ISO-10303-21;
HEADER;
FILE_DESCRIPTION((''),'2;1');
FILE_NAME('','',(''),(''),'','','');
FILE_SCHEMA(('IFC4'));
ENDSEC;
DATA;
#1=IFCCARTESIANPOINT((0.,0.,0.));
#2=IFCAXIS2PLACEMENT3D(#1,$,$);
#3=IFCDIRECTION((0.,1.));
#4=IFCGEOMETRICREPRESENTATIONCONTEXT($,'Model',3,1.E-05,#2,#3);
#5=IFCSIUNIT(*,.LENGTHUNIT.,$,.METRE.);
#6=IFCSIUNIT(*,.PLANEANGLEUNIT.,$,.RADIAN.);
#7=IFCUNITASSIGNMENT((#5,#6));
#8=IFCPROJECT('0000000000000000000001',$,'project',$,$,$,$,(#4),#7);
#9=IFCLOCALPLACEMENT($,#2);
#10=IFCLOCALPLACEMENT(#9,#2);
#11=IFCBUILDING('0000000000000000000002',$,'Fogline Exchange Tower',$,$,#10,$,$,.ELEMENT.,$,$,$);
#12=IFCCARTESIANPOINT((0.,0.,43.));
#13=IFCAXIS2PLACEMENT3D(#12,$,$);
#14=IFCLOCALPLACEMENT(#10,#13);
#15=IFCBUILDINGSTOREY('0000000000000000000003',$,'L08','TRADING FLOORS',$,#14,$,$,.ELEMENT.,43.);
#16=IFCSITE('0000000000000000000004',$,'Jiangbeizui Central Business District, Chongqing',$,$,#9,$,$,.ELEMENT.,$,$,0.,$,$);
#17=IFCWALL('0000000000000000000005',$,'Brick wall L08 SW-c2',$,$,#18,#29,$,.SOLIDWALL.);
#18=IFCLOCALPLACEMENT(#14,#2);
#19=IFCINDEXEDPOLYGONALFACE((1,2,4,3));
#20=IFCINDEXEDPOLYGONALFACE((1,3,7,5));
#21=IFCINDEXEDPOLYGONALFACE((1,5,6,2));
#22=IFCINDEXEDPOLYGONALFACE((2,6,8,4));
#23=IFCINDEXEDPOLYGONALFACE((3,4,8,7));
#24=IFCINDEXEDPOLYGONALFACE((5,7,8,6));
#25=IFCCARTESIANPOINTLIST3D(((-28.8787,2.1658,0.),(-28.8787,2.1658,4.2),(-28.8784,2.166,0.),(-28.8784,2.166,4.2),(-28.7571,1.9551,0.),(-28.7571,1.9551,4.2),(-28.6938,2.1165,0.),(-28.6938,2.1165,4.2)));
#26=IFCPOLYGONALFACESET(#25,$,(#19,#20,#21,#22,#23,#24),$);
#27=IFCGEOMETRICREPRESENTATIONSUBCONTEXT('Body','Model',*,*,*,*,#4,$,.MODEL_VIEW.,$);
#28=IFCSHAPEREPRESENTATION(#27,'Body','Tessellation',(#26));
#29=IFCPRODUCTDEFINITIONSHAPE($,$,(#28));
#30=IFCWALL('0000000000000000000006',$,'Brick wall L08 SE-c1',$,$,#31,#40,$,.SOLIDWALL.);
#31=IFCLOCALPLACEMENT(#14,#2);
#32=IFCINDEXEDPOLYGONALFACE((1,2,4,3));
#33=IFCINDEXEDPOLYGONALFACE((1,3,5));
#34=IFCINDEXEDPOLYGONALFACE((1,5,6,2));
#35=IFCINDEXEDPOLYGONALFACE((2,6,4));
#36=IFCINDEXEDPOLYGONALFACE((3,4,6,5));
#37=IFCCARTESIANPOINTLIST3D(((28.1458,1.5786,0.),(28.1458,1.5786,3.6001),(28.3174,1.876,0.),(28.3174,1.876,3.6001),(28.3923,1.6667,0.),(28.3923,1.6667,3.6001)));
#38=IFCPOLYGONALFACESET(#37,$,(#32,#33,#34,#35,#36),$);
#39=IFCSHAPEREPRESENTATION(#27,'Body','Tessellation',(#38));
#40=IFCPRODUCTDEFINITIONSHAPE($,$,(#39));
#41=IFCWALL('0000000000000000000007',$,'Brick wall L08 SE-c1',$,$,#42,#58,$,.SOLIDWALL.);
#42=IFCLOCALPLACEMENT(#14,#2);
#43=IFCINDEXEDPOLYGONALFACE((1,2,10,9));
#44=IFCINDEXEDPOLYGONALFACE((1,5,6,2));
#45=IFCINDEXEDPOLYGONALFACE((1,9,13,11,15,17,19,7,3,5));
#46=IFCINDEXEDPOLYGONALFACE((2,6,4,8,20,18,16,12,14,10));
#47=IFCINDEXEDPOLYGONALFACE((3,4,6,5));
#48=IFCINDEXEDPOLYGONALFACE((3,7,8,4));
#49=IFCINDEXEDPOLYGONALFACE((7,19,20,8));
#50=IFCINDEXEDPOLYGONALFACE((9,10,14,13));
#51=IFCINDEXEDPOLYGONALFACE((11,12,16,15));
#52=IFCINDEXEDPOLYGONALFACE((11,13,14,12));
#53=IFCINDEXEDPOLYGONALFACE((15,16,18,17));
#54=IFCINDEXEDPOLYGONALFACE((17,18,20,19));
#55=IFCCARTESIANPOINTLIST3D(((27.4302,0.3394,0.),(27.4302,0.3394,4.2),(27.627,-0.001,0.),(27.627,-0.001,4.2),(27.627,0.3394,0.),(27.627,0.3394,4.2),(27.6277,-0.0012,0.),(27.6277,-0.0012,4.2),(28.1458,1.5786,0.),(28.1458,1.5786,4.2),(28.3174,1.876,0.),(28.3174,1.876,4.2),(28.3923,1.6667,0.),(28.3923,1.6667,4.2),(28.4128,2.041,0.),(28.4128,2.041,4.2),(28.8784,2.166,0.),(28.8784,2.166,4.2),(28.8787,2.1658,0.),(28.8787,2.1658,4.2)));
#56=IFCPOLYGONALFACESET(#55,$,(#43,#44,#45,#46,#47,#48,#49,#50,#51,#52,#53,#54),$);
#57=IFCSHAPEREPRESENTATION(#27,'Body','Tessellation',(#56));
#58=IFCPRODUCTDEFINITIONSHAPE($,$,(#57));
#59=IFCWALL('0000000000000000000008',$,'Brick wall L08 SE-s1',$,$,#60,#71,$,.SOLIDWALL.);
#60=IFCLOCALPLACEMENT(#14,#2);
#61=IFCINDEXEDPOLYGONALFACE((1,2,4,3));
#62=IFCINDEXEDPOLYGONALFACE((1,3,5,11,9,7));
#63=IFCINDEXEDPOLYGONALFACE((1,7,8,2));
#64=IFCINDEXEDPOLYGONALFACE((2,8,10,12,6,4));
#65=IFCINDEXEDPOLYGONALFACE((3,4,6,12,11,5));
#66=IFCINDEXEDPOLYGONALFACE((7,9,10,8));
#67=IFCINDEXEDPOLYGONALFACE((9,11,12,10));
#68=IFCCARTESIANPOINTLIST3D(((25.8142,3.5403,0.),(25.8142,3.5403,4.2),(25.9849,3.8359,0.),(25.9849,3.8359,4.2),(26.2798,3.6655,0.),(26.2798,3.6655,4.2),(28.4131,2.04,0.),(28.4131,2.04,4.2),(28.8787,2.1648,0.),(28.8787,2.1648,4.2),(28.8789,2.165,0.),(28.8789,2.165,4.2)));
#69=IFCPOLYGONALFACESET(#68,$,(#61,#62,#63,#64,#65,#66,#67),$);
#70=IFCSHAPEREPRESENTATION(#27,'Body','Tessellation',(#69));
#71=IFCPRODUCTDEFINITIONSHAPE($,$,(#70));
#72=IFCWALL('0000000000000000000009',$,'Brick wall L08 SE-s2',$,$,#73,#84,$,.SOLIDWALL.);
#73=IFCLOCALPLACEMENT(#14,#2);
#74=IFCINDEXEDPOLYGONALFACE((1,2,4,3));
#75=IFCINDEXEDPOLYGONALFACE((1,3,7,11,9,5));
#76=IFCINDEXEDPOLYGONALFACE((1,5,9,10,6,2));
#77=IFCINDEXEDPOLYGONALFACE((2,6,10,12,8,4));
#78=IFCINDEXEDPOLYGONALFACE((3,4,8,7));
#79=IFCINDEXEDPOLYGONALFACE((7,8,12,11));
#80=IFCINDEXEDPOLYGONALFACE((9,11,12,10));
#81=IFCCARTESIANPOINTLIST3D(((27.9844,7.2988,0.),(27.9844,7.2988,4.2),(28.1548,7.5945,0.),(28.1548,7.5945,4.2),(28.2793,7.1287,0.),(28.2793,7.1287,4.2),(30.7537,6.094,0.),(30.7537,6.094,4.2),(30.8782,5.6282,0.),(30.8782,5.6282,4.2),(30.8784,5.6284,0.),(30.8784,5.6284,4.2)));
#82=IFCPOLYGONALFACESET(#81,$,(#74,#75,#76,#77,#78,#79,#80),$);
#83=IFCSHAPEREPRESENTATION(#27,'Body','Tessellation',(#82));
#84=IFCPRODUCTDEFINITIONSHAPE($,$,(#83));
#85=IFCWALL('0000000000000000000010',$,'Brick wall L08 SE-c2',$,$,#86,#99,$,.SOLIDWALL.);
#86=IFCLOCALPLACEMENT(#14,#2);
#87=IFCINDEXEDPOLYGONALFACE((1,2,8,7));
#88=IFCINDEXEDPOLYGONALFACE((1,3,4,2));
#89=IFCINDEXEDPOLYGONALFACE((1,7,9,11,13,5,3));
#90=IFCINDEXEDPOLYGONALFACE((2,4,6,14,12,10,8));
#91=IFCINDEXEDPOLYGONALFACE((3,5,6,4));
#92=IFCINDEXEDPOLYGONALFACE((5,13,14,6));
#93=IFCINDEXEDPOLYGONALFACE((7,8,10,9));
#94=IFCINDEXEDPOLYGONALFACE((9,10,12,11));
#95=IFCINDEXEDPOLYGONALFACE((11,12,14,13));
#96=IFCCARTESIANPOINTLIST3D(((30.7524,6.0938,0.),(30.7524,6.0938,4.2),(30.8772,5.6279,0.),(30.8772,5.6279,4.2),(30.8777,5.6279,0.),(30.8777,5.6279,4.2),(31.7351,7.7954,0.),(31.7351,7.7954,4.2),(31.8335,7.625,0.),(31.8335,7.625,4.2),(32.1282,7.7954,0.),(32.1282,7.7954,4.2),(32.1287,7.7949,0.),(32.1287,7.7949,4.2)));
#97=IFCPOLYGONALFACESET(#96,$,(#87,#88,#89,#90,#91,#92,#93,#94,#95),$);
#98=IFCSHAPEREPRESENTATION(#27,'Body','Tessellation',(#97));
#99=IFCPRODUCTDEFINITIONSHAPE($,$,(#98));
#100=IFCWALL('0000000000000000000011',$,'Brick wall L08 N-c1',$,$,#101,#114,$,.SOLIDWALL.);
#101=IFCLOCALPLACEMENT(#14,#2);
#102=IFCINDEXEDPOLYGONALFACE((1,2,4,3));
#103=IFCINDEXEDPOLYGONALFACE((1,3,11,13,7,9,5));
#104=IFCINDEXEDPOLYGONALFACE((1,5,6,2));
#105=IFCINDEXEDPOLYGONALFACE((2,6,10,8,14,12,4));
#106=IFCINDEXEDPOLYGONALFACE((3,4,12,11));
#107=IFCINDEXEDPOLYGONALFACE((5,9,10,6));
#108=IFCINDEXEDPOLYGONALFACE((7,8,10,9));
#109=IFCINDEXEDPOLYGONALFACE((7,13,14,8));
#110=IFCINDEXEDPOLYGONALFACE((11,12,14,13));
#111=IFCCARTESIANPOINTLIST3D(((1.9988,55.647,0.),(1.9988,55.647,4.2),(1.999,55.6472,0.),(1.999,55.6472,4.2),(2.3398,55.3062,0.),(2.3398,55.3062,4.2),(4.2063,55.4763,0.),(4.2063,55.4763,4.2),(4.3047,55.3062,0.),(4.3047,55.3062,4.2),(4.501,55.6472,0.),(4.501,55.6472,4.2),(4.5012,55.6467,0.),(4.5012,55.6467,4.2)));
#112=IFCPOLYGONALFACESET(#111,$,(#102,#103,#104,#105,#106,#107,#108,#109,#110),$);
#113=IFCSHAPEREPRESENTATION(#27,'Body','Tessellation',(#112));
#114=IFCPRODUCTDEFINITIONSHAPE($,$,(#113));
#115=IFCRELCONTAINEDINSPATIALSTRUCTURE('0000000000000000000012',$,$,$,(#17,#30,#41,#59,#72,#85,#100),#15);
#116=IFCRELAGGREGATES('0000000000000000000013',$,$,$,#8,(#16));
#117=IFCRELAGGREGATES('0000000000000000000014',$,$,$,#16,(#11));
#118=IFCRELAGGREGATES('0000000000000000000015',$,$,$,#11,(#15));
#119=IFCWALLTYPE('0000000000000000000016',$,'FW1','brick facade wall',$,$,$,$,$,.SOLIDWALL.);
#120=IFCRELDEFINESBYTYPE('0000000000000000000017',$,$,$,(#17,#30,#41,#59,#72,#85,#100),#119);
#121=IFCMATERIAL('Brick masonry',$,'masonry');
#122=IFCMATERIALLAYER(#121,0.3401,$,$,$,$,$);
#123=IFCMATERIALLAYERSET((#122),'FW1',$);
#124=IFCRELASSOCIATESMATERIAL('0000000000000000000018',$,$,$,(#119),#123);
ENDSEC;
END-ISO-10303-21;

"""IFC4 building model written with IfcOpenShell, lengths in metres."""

from ifc_helpers import new_model, si_unit, direction, frame, origin, place, context, subcontext, project, spatial, polyline, outline, extrude, material, layer, layer_set, type_object, element, save


model = new_model("IFC4")

# Units and contexts
model_context = context("Model", 3, precision=1e-05, world=origin(), true_north=direction((0.0, 1.0)))
body_context = subcontext(model_context, "Body", "Model", "MODEL_VIEW")
ifc_project = project(units=[si_unit("LENGTHUNIT", "METRE"), si_unit("PLANEANGLEUNIT", "RADIAN")], contexts=[model_context])

# Site, building, storey
site_placement = place(None, origin())
site = spatial("IfcSite", under=ifc_project, at=site_placement, Name="Jiangbeizui Central Business District, Chongqing", CompositionType="ELEMENT", RefElevation=0.0)
building_placement = place(site_placement, origin())
building = spatial("IfcBuilding", under=site, at=building_placement, Name="Fogline Exchange Tower", CompositionType="ELEMENT")
storey_placement = place(building_placement, frame((0.0, 0.0, 43.0)))
storey = spatial("IfcBuildingStorey", under=building, at=storey_placement, Name="L08", Description="TRADING FLOORS", CompositionType="ELEMENT", Elevation=43.0)

# Walls
ifc_material_1 = material(Name="Brick masonry", Category="masonry")
ifc_layer_1 = layer(ifc_material_1, 0.3401)
ifc_layer_set_1 = layer_set([ifc_layer_1], Name="FW1")
wall_type_1 = type_object("IfcWallType", Name="FW1", Description="brick facade wall", PredefinedType="SOLIDWALL", material=ifc_layer_set_1)
wall_1_placement = place(storey_placement, origin())
element("IfcWall", 1, at=wall_1_placement, inside=storey, type_object=wall_type_1, Name="Brick wall L08 SW-c2", PredefinedType="SOLIDWALL", context=body_context, shape_type="SweptSolid", body=[
    extrude(outline(polyline([(-28.8787, 2.1658), (-28.8784, 2.166), (-28.6938, 2.1165), (-28.7571, 1.9551), (-28.8787, 2.1658)])), origin(), (0.0, 0.0, 1.0), 4.2),
])
wall_2_placement = place(storey_placement, origin())
element("IfcWall", 2, at=wall_2_placement, inside=storey, type_object=wall_type_1, Name="Brick wall L08 SE-c1", PredefinedType="SOLIDWALL", context=body_context, shape_type="SweptSolid", body=[
    extrude(outline(polyline([(28.3174, 1.876), (28.3923, 1.6667), (28.1458, 1.5786), (28.3174, 1.876)])), origin(), (0.0, 0.0, 1.0), 3.6001),
])
wall_3_placement = place(storey_placement, origin())
element("IfcWall", 3, at=wall_3_placement, inside=storey, type_object=wall_type_1, Name="Brick wall L08 SE-c1", PredefinedType="SOLIDWALL", context=body_context, shape_type="SweptSolid", body=[
    extrude(outline(polyline([(27.6277, -0.0012), (27.627, -0.001), (27.627, 0.3394), (27.4302, 0.3394), (28.1458, 1.5786), (28.3923, 1.6667), (28.3174, 1.876), (28.4128, 2.041), (28.8784, 2.166), (28.8787, 2.1658), (27.6277, -0.0012)])), origin(), (0.0, 0.0, 1.0), 4.2),
])
wall_4_placement = place(storey_placement, origin())
element("IfcWall", 4, at=wall_4_placement, inside=storey, type_object=wall_type_1, Name="Brick wall L08 SE-s1", PredefinedType="SOLIDWALL", context=body_context, shape_type="SweptSolid", body=[
    extrude(outline(polyline([(25.8142, 3.5403), (25.9849, 3.8359), (26.2798, 3.6655), (28.8789, 2.165), (28.8787, 2.1648), (28.4131, 2.04), (25.8142, 3.5403)])), origin(), (0.0, 0.0, 1.0), 4.2),
])
wall_5_placement = place(storey_placement, origin())
element("IfcWall", 5, at=wall_5_placement, inside=storey, type_object=wall_type_1, Name="Brick wall L08 SE-s2", PredefinedType="SOLIDWALL", context=body_context, shape_type="SweptSolid", body=[
    extrude(outline(polyline([(30.8782, 5.6282), (28.2793, 7.1287), (27.9844, 7.2988), (28.1548, 7.5945), (30.7537, 6.094), (30.8784, 5.6284), (30.8782, 5.6282)])), origin(), (0.0, 0.0, 1.0), 4.2),
])
wall_6_placement = place(storey_placement, origin())
element("IfcWall", 6, at=wall_6_placement, inside=storey, type_object=wall_type_1, Name="Brick wall L08 SE-c2", PredefinedType="SOLIDWALL", context=body_context, shape_type="SweptSolid", body=[
    extrude(outline(polyline([(31.7351, 7.7954), (31.8335, 7.625), (32.1282, 7.7954), (32.1287, 7.7949), (30.8777, 5.6279), (30.8772, 5.6279), (30.7524, 6.0938), (31.7351, 7.7954)])), origin(), (0.0, 0.0, 1.0), 4.2),
])
wall_7_placement = place(storey_placement, origin())
element("IfcWall", 7, at=wall_7_placement, inside=storey, type_object=wall_type_1, Name="Brick wall L08 N-c1", PredefinedType="SOLIDWALL", context=body_context, shape_type="SweptSolid", body=[
    extrude(outline(polyline([(1.999, 55.6472), (4.501, 55.6472), (4.5012, 55.6467), (4.2063, 55.4763), (4.3047, 55.3062), (2.3398, 55.3062), (1.9988, 55.647), (1.999, 55.6472)])), origin(), (0.0, 0.0, 1.0), 4.2),
])

save(model, "model.ifc")
